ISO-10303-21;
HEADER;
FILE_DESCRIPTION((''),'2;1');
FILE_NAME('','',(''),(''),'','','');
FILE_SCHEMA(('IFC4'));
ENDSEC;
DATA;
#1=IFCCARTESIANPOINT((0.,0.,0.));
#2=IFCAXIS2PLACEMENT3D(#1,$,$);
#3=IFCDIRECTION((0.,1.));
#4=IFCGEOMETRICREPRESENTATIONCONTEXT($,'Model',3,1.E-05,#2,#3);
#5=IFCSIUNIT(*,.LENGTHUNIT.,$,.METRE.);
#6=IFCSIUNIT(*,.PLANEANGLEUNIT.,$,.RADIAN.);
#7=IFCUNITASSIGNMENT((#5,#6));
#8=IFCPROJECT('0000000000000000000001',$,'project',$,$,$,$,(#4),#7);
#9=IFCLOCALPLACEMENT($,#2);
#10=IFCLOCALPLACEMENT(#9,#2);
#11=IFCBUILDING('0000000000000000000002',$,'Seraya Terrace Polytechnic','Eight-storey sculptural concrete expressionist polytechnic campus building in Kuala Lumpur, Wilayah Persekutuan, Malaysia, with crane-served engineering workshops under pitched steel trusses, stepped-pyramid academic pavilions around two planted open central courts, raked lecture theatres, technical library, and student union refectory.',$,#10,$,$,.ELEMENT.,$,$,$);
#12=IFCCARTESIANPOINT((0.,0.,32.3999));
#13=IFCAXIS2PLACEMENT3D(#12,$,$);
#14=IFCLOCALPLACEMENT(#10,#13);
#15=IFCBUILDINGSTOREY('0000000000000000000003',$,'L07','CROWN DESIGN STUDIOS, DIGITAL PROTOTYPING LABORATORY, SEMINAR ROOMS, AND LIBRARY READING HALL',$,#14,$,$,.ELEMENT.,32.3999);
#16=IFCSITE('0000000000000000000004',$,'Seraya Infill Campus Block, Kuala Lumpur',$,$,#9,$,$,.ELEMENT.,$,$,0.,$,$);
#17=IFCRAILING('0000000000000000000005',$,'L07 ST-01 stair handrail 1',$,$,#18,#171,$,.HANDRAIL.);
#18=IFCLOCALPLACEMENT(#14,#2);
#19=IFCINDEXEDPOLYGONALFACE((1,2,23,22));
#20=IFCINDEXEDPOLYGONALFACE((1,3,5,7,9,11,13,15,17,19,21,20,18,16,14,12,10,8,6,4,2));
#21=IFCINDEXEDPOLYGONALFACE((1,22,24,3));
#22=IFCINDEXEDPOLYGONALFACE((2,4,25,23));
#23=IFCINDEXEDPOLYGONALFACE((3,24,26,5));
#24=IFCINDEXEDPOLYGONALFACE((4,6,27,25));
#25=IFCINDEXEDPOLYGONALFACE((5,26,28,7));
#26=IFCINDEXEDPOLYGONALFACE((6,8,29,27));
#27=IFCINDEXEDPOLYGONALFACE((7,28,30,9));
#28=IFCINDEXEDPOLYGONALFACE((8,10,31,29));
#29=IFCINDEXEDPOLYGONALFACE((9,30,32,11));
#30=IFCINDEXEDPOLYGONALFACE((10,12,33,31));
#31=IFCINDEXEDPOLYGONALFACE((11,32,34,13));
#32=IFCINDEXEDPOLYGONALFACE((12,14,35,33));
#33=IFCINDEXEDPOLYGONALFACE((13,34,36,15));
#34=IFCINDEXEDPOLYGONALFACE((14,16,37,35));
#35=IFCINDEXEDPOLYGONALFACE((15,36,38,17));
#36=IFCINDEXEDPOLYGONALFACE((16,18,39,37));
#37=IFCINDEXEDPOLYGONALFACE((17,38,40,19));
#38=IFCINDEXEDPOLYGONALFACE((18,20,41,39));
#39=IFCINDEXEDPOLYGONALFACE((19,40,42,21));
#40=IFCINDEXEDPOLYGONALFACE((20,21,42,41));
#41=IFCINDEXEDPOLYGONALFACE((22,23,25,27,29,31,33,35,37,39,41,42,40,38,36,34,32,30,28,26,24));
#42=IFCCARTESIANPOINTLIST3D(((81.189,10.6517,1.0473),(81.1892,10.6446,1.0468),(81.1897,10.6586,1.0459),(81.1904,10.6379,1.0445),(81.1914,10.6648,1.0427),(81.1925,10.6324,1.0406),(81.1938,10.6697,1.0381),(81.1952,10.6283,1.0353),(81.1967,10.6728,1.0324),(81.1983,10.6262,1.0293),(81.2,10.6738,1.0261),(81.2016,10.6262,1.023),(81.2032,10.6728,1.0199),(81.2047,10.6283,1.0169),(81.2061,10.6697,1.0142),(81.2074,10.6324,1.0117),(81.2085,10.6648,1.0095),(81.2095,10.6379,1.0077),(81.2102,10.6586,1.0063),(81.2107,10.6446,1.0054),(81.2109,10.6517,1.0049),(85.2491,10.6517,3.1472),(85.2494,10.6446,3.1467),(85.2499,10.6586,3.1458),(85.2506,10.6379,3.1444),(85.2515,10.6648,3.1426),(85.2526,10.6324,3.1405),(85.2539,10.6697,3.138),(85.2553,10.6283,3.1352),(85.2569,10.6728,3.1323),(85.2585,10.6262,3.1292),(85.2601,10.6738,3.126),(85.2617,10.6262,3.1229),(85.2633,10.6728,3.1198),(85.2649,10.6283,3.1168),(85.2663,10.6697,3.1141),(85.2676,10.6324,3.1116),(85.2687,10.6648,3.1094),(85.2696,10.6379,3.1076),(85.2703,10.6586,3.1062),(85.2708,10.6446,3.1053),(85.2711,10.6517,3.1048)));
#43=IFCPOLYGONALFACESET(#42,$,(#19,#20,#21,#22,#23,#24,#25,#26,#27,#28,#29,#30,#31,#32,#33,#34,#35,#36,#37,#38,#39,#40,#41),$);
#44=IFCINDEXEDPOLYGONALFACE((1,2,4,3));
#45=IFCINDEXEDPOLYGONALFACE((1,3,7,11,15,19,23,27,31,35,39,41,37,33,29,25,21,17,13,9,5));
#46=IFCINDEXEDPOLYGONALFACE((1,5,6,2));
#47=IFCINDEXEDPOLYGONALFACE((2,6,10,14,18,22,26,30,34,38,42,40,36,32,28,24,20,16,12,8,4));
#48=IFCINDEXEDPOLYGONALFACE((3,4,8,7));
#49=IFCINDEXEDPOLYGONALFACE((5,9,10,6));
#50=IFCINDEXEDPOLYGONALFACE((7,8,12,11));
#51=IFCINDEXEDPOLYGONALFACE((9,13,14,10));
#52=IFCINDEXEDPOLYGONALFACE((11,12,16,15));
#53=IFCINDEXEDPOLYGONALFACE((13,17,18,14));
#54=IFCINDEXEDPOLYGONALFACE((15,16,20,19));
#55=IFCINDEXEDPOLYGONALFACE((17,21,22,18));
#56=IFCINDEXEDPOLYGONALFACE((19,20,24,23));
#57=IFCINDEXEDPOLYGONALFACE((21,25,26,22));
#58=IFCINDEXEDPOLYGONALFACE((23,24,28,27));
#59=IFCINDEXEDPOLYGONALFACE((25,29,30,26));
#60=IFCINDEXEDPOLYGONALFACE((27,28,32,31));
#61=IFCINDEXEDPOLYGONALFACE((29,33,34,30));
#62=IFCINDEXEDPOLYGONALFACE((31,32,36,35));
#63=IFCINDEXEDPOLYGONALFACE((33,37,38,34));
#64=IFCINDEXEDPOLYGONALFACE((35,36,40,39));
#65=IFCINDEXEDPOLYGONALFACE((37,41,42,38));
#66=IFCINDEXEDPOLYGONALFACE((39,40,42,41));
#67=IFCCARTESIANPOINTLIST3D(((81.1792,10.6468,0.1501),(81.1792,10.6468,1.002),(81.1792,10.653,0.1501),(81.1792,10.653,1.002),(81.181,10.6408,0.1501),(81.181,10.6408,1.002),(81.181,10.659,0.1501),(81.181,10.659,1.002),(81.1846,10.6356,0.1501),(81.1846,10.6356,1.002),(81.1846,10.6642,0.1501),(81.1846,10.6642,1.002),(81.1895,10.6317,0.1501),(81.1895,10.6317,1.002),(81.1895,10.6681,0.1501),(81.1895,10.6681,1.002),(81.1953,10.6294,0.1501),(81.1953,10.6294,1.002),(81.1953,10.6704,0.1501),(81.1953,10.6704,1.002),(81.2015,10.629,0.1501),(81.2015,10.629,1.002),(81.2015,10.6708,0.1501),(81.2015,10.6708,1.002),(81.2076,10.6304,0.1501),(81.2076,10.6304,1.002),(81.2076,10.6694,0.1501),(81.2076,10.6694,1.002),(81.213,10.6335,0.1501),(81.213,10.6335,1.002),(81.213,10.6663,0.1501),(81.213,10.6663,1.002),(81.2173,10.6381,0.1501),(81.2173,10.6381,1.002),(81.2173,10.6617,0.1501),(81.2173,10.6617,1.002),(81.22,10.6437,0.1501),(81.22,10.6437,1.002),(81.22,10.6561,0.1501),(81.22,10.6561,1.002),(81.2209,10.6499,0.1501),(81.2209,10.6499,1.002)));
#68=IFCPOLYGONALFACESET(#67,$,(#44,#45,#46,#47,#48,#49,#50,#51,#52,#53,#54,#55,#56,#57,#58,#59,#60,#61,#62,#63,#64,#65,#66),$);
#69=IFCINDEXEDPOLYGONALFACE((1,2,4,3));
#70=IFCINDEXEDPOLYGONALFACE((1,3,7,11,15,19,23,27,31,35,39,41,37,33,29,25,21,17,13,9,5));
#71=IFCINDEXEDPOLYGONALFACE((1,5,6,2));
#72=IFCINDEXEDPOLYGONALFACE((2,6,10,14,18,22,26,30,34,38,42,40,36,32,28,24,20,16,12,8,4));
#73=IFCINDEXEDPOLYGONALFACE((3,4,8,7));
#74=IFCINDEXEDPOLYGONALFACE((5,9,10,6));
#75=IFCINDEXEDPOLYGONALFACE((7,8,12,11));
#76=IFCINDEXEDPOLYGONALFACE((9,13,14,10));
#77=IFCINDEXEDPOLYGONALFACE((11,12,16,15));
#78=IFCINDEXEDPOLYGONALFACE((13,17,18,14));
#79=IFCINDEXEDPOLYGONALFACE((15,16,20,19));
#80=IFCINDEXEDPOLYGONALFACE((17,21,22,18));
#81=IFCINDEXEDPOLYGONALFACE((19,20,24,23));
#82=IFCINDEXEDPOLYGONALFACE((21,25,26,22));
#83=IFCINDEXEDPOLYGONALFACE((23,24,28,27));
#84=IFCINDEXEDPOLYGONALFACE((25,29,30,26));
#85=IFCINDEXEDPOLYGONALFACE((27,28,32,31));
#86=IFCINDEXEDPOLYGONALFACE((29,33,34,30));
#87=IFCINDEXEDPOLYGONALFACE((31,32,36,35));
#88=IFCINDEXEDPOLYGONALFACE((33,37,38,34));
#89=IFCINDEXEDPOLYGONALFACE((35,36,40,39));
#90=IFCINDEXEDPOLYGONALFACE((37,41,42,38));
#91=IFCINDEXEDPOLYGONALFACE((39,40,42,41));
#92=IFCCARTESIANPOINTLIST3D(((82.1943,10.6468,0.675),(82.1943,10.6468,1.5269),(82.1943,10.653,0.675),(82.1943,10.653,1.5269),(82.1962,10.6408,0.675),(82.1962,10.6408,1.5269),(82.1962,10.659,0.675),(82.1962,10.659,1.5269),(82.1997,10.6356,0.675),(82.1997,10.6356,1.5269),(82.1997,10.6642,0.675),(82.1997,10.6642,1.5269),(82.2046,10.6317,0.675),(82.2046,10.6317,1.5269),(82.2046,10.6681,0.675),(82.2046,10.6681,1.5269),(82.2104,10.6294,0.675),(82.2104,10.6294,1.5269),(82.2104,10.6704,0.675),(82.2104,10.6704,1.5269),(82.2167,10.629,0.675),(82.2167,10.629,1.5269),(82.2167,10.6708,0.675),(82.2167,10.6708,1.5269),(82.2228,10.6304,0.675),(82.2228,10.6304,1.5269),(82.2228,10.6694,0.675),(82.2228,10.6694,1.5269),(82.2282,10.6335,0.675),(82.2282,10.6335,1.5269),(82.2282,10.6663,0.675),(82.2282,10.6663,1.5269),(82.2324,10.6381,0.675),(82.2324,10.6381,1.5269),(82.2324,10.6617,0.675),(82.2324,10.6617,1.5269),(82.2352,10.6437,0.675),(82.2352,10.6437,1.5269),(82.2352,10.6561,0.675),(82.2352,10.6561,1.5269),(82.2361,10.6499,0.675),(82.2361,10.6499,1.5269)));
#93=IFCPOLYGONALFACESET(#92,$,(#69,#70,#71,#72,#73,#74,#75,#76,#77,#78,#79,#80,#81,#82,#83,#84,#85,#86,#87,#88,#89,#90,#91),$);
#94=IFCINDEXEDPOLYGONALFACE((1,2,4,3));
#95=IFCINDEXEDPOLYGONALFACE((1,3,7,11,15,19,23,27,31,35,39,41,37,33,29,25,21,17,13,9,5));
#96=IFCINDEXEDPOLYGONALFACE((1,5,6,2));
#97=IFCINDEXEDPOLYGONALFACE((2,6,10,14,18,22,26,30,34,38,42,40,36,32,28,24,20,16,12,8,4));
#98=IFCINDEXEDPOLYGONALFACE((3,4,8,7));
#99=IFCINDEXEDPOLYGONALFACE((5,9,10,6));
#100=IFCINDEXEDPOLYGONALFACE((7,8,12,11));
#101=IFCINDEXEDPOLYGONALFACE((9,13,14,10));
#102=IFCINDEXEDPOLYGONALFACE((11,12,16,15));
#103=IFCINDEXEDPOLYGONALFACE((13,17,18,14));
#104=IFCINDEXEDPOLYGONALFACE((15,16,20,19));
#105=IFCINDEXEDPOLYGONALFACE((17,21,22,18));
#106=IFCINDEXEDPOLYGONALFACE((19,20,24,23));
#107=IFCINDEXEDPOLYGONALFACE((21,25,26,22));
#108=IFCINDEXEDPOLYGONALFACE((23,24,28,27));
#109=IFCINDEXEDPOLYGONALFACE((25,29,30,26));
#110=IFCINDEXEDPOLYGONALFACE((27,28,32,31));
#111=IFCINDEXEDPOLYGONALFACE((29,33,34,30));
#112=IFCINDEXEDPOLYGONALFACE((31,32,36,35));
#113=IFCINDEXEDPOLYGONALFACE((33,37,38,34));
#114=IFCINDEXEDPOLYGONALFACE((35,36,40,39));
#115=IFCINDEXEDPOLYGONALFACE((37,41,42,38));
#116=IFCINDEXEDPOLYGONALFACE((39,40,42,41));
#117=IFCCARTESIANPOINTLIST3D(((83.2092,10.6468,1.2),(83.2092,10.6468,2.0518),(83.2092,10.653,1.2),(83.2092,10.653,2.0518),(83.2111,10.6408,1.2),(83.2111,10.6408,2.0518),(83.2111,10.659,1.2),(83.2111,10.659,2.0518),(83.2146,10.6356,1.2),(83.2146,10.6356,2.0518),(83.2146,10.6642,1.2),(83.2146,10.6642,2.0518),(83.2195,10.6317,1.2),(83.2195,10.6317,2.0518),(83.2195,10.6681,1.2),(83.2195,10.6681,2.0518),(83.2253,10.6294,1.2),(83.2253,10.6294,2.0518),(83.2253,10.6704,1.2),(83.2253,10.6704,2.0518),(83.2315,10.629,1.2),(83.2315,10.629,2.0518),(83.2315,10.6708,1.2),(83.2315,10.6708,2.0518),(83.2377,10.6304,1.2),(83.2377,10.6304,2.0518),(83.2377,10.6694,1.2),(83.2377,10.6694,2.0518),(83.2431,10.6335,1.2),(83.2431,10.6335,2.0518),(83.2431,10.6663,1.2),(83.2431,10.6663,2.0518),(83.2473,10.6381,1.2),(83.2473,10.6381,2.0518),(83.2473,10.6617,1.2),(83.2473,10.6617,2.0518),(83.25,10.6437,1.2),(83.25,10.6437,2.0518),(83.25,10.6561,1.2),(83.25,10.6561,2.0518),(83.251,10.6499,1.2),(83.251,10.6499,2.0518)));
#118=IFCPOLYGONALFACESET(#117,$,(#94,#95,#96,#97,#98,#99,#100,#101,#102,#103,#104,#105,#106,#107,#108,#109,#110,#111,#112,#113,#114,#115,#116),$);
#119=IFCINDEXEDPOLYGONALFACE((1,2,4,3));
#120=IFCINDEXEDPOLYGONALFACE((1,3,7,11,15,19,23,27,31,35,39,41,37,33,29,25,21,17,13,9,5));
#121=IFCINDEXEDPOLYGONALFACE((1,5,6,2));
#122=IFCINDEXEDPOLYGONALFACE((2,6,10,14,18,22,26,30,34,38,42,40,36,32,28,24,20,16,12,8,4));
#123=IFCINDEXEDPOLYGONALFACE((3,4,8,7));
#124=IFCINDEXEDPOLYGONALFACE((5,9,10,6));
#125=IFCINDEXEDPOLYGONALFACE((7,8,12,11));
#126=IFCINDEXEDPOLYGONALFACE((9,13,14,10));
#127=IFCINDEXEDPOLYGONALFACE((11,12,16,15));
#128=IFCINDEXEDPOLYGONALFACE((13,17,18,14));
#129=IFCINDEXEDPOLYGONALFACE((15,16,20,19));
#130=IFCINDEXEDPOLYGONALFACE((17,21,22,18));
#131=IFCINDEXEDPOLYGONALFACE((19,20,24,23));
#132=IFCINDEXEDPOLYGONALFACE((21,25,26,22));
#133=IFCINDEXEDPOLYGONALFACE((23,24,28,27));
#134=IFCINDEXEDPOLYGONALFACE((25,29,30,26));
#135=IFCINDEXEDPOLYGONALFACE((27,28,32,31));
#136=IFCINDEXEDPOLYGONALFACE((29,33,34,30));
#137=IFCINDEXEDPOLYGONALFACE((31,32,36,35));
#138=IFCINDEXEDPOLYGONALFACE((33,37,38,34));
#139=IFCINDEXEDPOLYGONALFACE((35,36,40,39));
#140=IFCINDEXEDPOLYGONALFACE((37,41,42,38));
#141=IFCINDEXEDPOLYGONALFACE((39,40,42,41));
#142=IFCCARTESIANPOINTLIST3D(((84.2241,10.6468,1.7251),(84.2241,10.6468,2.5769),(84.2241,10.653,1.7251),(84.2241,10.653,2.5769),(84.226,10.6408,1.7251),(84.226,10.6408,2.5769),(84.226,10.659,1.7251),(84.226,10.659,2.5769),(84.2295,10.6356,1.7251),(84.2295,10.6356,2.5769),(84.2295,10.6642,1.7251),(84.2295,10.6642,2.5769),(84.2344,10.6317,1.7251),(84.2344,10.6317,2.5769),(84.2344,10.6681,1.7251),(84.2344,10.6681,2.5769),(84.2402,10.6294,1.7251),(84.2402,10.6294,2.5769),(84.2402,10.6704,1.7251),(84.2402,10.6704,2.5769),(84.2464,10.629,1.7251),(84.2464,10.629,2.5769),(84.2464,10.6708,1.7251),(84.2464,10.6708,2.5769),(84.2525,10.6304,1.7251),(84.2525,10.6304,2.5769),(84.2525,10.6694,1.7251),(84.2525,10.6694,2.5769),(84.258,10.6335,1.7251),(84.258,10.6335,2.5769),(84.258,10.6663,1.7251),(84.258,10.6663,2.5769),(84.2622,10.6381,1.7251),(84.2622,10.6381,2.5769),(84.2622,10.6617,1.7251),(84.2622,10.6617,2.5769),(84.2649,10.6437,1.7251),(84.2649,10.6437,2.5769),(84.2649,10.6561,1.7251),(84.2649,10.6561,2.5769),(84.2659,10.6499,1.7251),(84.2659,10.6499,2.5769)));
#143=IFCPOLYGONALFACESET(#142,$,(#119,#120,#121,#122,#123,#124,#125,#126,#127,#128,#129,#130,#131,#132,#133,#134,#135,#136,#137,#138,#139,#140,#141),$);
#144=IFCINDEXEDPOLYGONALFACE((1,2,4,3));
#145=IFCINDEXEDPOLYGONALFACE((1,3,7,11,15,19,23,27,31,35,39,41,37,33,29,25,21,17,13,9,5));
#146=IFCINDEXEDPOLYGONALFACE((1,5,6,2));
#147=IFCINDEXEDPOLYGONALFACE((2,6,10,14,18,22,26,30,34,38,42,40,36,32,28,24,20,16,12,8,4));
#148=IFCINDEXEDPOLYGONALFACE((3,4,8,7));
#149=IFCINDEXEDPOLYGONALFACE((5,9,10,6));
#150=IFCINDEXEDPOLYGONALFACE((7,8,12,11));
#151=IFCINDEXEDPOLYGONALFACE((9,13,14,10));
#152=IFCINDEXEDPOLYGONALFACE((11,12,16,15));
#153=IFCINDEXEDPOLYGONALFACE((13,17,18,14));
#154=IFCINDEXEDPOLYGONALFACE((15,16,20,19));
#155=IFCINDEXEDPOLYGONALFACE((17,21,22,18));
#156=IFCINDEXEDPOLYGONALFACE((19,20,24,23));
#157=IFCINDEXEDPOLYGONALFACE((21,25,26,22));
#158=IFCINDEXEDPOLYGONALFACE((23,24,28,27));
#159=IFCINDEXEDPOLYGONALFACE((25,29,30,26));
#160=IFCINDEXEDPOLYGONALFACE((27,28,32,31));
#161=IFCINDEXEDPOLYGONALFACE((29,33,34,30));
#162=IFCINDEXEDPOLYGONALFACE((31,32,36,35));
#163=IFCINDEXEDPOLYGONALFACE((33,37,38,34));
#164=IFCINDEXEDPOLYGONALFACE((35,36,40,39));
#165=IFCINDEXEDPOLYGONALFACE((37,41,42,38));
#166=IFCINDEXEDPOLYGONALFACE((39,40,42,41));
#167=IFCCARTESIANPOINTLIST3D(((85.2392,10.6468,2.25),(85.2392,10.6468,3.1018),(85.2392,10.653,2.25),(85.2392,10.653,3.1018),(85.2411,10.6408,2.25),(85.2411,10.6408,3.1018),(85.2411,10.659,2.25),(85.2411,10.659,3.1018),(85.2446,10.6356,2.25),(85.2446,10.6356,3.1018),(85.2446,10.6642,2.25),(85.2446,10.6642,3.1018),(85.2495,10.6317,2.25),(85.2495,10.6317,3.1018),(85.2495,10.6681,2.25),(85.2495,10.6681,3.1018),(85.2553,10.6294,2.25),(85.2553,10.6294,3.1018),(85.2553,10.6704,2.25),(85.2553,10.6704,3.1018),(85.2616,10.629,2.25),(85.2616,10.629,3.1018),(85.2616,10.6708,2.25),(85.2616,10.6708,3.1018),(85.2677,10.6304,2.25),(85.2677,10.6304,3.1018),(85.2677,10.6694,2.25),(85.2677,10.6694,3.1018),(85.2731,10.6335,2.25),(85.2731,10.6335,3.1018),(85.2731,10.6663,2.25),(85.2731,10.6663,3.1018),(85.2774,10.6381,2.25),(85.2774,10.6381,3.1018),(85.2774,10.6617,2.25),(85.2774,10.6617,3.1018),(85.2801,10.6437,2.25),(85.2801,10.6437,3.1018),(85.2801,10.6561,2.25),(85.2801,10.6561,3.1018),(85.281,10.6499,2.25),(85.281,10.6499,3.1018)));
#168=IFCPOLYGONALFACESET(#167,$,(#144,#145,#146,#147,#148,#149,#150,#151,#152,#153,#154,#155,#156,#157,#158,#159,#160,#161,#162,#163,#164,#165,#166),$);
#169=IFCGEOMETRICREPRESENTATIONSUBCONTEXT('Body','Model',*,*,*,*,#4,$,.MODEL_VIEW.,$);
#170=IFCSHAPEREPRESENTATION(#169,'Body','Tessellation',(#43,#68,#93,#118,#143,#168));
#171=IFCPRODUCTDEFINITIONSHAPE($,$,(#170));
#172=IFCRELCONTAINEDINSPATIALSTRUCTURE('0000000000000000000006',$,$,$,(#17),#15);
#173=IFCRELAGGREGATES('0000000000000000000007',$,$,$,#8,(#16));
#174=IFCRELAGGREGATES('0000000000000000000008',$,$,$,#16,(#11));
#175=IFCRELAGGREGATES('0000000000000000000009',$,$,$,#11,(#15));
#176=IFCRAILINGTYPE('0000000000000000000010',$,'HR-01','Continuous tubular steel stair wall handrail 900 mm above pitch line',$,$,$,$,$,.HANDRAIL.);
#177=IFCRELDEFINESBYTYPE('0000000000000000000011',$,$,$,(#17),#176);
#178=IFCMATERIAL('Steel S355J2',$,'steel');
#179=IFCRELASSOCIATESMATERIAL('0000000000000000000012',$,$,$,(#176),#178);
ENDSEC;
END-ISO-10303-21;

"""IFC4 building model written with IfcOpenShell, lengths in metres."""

from ifc_helpers import new_model, si_unit, direction, frame, origin, origin_2d, place, context, subcontext, project, spatial, circle, extrude, material, type_object, element, save


model = new_model("IFC4")

# Units and contexts
model_context = context("Model", 3, precision=1e-05, world=origin(), true_north=direction((0.0, 1.0)))
body_context = subcontext(model_context, "Body", "Model", "MODEL_VIEW")
ifc_project = project(units=[si_unit("LENGTHUNIT", "METRE"), si_unit("PLANEANGLEUNIT", "RADIAN")], contexts=[model_context])

# Site, building, storey
site_placement = place(None, origin())
site = spatial("IfcSite", under=ifc_project, at=site_placement, Name="Seraya Infill Campus Block, Kuala Lumpur", CompositionType="ELEMENT", RefElevation=0.0)
building_placement = place(site_placement, origin())
building = spatial("IfcBuilding", under=site, at=building_placement, Name="Seraya Terrace Polytechnic", Description="Eight-storey sculptural concrete expressionist polytechnic campus building in Kuala Lumpur, Wilayah Persekutuan, Malaysia, with crane-served engineering workshops under pitched steel trusses, stepped-pyramid academic pavilions around two planted open central courts, raked lecture theatres, technical library, and student union refectory.", CompositionType="ELEMENT")
storey_placement = place(building_placement, frame((0.0, 0.0, 32.3999)))
storey = spatial("IfcBuildingStorey", under=building, at=storey_placement, Name="L07", Description="CROWN DESIGN STUDIOS, DIGITAL PROTOTYPING LABORATORY, SEMINAR ROOMS, AND LIBRARY READING HALL", CompositionType="ELEMENT", Elevation=32.3999)

# Shared definitions
ifc_material_1 = material(Name="Steel S355J2", Category="steel")

# Railing
railing_type_1 = type_object("IfcRailingType", Name="HR-01", Description="Continuous tubular steel stair wall handrail 900 mm above pitch line", PredefinedType="HANDRAIL", material=ifc_material_1)
railing_1_placement = place(storey_placement, frame((81.2, 10.6499, 0.1501)))
element("IfcRailing", 1, at=railing_1_placement, inside=storey, type_object=railing_type_1, Name="L07 ST-01 stair handrail 1", PredefinedType="HANDRAIL", context=body_context, shape_type="SweptSolid", body=[
    extrude(circle(Radius=0.0239, at=origin_2d()), frame((0.0, 0.0, 0.876), z_axis=(0.888233, 0.0, 0.459392), x_axis=(0.0, 1.0, 0.0)), (0.0, 0.0, 1.0), 4.571),
    extrude(circle(Radius=0.021, at=origin_2d()), origin(), (0.0, 0.0, 1.0), 0.8518),
    extrude(circle(Radius=0.021, at=origin_2d()), frame((1.0151, 0.0, 0.5249)), (0.0, 0.0, 1.0), 0.8518),
    extrude(circle(Radius=0.021, at=origin_2d()), frame((2.03, 0.0, 1.0498)), (0.0, 0.0, 1.0), 0.8518),
    extrude(circle(Radius=0.021, at=origin_2d()), frame((3.0449, 0.0, 1.575)), (0.0, 0.0, 1.0), 0.8518),
    extrude(circle(Radius=0.021, at=origin_2d()), frame((4.0601, 0.0, 2.0999)), (0.0, 0.0, 1.0), 0.8518),
])

save(model, "model.ifc")
